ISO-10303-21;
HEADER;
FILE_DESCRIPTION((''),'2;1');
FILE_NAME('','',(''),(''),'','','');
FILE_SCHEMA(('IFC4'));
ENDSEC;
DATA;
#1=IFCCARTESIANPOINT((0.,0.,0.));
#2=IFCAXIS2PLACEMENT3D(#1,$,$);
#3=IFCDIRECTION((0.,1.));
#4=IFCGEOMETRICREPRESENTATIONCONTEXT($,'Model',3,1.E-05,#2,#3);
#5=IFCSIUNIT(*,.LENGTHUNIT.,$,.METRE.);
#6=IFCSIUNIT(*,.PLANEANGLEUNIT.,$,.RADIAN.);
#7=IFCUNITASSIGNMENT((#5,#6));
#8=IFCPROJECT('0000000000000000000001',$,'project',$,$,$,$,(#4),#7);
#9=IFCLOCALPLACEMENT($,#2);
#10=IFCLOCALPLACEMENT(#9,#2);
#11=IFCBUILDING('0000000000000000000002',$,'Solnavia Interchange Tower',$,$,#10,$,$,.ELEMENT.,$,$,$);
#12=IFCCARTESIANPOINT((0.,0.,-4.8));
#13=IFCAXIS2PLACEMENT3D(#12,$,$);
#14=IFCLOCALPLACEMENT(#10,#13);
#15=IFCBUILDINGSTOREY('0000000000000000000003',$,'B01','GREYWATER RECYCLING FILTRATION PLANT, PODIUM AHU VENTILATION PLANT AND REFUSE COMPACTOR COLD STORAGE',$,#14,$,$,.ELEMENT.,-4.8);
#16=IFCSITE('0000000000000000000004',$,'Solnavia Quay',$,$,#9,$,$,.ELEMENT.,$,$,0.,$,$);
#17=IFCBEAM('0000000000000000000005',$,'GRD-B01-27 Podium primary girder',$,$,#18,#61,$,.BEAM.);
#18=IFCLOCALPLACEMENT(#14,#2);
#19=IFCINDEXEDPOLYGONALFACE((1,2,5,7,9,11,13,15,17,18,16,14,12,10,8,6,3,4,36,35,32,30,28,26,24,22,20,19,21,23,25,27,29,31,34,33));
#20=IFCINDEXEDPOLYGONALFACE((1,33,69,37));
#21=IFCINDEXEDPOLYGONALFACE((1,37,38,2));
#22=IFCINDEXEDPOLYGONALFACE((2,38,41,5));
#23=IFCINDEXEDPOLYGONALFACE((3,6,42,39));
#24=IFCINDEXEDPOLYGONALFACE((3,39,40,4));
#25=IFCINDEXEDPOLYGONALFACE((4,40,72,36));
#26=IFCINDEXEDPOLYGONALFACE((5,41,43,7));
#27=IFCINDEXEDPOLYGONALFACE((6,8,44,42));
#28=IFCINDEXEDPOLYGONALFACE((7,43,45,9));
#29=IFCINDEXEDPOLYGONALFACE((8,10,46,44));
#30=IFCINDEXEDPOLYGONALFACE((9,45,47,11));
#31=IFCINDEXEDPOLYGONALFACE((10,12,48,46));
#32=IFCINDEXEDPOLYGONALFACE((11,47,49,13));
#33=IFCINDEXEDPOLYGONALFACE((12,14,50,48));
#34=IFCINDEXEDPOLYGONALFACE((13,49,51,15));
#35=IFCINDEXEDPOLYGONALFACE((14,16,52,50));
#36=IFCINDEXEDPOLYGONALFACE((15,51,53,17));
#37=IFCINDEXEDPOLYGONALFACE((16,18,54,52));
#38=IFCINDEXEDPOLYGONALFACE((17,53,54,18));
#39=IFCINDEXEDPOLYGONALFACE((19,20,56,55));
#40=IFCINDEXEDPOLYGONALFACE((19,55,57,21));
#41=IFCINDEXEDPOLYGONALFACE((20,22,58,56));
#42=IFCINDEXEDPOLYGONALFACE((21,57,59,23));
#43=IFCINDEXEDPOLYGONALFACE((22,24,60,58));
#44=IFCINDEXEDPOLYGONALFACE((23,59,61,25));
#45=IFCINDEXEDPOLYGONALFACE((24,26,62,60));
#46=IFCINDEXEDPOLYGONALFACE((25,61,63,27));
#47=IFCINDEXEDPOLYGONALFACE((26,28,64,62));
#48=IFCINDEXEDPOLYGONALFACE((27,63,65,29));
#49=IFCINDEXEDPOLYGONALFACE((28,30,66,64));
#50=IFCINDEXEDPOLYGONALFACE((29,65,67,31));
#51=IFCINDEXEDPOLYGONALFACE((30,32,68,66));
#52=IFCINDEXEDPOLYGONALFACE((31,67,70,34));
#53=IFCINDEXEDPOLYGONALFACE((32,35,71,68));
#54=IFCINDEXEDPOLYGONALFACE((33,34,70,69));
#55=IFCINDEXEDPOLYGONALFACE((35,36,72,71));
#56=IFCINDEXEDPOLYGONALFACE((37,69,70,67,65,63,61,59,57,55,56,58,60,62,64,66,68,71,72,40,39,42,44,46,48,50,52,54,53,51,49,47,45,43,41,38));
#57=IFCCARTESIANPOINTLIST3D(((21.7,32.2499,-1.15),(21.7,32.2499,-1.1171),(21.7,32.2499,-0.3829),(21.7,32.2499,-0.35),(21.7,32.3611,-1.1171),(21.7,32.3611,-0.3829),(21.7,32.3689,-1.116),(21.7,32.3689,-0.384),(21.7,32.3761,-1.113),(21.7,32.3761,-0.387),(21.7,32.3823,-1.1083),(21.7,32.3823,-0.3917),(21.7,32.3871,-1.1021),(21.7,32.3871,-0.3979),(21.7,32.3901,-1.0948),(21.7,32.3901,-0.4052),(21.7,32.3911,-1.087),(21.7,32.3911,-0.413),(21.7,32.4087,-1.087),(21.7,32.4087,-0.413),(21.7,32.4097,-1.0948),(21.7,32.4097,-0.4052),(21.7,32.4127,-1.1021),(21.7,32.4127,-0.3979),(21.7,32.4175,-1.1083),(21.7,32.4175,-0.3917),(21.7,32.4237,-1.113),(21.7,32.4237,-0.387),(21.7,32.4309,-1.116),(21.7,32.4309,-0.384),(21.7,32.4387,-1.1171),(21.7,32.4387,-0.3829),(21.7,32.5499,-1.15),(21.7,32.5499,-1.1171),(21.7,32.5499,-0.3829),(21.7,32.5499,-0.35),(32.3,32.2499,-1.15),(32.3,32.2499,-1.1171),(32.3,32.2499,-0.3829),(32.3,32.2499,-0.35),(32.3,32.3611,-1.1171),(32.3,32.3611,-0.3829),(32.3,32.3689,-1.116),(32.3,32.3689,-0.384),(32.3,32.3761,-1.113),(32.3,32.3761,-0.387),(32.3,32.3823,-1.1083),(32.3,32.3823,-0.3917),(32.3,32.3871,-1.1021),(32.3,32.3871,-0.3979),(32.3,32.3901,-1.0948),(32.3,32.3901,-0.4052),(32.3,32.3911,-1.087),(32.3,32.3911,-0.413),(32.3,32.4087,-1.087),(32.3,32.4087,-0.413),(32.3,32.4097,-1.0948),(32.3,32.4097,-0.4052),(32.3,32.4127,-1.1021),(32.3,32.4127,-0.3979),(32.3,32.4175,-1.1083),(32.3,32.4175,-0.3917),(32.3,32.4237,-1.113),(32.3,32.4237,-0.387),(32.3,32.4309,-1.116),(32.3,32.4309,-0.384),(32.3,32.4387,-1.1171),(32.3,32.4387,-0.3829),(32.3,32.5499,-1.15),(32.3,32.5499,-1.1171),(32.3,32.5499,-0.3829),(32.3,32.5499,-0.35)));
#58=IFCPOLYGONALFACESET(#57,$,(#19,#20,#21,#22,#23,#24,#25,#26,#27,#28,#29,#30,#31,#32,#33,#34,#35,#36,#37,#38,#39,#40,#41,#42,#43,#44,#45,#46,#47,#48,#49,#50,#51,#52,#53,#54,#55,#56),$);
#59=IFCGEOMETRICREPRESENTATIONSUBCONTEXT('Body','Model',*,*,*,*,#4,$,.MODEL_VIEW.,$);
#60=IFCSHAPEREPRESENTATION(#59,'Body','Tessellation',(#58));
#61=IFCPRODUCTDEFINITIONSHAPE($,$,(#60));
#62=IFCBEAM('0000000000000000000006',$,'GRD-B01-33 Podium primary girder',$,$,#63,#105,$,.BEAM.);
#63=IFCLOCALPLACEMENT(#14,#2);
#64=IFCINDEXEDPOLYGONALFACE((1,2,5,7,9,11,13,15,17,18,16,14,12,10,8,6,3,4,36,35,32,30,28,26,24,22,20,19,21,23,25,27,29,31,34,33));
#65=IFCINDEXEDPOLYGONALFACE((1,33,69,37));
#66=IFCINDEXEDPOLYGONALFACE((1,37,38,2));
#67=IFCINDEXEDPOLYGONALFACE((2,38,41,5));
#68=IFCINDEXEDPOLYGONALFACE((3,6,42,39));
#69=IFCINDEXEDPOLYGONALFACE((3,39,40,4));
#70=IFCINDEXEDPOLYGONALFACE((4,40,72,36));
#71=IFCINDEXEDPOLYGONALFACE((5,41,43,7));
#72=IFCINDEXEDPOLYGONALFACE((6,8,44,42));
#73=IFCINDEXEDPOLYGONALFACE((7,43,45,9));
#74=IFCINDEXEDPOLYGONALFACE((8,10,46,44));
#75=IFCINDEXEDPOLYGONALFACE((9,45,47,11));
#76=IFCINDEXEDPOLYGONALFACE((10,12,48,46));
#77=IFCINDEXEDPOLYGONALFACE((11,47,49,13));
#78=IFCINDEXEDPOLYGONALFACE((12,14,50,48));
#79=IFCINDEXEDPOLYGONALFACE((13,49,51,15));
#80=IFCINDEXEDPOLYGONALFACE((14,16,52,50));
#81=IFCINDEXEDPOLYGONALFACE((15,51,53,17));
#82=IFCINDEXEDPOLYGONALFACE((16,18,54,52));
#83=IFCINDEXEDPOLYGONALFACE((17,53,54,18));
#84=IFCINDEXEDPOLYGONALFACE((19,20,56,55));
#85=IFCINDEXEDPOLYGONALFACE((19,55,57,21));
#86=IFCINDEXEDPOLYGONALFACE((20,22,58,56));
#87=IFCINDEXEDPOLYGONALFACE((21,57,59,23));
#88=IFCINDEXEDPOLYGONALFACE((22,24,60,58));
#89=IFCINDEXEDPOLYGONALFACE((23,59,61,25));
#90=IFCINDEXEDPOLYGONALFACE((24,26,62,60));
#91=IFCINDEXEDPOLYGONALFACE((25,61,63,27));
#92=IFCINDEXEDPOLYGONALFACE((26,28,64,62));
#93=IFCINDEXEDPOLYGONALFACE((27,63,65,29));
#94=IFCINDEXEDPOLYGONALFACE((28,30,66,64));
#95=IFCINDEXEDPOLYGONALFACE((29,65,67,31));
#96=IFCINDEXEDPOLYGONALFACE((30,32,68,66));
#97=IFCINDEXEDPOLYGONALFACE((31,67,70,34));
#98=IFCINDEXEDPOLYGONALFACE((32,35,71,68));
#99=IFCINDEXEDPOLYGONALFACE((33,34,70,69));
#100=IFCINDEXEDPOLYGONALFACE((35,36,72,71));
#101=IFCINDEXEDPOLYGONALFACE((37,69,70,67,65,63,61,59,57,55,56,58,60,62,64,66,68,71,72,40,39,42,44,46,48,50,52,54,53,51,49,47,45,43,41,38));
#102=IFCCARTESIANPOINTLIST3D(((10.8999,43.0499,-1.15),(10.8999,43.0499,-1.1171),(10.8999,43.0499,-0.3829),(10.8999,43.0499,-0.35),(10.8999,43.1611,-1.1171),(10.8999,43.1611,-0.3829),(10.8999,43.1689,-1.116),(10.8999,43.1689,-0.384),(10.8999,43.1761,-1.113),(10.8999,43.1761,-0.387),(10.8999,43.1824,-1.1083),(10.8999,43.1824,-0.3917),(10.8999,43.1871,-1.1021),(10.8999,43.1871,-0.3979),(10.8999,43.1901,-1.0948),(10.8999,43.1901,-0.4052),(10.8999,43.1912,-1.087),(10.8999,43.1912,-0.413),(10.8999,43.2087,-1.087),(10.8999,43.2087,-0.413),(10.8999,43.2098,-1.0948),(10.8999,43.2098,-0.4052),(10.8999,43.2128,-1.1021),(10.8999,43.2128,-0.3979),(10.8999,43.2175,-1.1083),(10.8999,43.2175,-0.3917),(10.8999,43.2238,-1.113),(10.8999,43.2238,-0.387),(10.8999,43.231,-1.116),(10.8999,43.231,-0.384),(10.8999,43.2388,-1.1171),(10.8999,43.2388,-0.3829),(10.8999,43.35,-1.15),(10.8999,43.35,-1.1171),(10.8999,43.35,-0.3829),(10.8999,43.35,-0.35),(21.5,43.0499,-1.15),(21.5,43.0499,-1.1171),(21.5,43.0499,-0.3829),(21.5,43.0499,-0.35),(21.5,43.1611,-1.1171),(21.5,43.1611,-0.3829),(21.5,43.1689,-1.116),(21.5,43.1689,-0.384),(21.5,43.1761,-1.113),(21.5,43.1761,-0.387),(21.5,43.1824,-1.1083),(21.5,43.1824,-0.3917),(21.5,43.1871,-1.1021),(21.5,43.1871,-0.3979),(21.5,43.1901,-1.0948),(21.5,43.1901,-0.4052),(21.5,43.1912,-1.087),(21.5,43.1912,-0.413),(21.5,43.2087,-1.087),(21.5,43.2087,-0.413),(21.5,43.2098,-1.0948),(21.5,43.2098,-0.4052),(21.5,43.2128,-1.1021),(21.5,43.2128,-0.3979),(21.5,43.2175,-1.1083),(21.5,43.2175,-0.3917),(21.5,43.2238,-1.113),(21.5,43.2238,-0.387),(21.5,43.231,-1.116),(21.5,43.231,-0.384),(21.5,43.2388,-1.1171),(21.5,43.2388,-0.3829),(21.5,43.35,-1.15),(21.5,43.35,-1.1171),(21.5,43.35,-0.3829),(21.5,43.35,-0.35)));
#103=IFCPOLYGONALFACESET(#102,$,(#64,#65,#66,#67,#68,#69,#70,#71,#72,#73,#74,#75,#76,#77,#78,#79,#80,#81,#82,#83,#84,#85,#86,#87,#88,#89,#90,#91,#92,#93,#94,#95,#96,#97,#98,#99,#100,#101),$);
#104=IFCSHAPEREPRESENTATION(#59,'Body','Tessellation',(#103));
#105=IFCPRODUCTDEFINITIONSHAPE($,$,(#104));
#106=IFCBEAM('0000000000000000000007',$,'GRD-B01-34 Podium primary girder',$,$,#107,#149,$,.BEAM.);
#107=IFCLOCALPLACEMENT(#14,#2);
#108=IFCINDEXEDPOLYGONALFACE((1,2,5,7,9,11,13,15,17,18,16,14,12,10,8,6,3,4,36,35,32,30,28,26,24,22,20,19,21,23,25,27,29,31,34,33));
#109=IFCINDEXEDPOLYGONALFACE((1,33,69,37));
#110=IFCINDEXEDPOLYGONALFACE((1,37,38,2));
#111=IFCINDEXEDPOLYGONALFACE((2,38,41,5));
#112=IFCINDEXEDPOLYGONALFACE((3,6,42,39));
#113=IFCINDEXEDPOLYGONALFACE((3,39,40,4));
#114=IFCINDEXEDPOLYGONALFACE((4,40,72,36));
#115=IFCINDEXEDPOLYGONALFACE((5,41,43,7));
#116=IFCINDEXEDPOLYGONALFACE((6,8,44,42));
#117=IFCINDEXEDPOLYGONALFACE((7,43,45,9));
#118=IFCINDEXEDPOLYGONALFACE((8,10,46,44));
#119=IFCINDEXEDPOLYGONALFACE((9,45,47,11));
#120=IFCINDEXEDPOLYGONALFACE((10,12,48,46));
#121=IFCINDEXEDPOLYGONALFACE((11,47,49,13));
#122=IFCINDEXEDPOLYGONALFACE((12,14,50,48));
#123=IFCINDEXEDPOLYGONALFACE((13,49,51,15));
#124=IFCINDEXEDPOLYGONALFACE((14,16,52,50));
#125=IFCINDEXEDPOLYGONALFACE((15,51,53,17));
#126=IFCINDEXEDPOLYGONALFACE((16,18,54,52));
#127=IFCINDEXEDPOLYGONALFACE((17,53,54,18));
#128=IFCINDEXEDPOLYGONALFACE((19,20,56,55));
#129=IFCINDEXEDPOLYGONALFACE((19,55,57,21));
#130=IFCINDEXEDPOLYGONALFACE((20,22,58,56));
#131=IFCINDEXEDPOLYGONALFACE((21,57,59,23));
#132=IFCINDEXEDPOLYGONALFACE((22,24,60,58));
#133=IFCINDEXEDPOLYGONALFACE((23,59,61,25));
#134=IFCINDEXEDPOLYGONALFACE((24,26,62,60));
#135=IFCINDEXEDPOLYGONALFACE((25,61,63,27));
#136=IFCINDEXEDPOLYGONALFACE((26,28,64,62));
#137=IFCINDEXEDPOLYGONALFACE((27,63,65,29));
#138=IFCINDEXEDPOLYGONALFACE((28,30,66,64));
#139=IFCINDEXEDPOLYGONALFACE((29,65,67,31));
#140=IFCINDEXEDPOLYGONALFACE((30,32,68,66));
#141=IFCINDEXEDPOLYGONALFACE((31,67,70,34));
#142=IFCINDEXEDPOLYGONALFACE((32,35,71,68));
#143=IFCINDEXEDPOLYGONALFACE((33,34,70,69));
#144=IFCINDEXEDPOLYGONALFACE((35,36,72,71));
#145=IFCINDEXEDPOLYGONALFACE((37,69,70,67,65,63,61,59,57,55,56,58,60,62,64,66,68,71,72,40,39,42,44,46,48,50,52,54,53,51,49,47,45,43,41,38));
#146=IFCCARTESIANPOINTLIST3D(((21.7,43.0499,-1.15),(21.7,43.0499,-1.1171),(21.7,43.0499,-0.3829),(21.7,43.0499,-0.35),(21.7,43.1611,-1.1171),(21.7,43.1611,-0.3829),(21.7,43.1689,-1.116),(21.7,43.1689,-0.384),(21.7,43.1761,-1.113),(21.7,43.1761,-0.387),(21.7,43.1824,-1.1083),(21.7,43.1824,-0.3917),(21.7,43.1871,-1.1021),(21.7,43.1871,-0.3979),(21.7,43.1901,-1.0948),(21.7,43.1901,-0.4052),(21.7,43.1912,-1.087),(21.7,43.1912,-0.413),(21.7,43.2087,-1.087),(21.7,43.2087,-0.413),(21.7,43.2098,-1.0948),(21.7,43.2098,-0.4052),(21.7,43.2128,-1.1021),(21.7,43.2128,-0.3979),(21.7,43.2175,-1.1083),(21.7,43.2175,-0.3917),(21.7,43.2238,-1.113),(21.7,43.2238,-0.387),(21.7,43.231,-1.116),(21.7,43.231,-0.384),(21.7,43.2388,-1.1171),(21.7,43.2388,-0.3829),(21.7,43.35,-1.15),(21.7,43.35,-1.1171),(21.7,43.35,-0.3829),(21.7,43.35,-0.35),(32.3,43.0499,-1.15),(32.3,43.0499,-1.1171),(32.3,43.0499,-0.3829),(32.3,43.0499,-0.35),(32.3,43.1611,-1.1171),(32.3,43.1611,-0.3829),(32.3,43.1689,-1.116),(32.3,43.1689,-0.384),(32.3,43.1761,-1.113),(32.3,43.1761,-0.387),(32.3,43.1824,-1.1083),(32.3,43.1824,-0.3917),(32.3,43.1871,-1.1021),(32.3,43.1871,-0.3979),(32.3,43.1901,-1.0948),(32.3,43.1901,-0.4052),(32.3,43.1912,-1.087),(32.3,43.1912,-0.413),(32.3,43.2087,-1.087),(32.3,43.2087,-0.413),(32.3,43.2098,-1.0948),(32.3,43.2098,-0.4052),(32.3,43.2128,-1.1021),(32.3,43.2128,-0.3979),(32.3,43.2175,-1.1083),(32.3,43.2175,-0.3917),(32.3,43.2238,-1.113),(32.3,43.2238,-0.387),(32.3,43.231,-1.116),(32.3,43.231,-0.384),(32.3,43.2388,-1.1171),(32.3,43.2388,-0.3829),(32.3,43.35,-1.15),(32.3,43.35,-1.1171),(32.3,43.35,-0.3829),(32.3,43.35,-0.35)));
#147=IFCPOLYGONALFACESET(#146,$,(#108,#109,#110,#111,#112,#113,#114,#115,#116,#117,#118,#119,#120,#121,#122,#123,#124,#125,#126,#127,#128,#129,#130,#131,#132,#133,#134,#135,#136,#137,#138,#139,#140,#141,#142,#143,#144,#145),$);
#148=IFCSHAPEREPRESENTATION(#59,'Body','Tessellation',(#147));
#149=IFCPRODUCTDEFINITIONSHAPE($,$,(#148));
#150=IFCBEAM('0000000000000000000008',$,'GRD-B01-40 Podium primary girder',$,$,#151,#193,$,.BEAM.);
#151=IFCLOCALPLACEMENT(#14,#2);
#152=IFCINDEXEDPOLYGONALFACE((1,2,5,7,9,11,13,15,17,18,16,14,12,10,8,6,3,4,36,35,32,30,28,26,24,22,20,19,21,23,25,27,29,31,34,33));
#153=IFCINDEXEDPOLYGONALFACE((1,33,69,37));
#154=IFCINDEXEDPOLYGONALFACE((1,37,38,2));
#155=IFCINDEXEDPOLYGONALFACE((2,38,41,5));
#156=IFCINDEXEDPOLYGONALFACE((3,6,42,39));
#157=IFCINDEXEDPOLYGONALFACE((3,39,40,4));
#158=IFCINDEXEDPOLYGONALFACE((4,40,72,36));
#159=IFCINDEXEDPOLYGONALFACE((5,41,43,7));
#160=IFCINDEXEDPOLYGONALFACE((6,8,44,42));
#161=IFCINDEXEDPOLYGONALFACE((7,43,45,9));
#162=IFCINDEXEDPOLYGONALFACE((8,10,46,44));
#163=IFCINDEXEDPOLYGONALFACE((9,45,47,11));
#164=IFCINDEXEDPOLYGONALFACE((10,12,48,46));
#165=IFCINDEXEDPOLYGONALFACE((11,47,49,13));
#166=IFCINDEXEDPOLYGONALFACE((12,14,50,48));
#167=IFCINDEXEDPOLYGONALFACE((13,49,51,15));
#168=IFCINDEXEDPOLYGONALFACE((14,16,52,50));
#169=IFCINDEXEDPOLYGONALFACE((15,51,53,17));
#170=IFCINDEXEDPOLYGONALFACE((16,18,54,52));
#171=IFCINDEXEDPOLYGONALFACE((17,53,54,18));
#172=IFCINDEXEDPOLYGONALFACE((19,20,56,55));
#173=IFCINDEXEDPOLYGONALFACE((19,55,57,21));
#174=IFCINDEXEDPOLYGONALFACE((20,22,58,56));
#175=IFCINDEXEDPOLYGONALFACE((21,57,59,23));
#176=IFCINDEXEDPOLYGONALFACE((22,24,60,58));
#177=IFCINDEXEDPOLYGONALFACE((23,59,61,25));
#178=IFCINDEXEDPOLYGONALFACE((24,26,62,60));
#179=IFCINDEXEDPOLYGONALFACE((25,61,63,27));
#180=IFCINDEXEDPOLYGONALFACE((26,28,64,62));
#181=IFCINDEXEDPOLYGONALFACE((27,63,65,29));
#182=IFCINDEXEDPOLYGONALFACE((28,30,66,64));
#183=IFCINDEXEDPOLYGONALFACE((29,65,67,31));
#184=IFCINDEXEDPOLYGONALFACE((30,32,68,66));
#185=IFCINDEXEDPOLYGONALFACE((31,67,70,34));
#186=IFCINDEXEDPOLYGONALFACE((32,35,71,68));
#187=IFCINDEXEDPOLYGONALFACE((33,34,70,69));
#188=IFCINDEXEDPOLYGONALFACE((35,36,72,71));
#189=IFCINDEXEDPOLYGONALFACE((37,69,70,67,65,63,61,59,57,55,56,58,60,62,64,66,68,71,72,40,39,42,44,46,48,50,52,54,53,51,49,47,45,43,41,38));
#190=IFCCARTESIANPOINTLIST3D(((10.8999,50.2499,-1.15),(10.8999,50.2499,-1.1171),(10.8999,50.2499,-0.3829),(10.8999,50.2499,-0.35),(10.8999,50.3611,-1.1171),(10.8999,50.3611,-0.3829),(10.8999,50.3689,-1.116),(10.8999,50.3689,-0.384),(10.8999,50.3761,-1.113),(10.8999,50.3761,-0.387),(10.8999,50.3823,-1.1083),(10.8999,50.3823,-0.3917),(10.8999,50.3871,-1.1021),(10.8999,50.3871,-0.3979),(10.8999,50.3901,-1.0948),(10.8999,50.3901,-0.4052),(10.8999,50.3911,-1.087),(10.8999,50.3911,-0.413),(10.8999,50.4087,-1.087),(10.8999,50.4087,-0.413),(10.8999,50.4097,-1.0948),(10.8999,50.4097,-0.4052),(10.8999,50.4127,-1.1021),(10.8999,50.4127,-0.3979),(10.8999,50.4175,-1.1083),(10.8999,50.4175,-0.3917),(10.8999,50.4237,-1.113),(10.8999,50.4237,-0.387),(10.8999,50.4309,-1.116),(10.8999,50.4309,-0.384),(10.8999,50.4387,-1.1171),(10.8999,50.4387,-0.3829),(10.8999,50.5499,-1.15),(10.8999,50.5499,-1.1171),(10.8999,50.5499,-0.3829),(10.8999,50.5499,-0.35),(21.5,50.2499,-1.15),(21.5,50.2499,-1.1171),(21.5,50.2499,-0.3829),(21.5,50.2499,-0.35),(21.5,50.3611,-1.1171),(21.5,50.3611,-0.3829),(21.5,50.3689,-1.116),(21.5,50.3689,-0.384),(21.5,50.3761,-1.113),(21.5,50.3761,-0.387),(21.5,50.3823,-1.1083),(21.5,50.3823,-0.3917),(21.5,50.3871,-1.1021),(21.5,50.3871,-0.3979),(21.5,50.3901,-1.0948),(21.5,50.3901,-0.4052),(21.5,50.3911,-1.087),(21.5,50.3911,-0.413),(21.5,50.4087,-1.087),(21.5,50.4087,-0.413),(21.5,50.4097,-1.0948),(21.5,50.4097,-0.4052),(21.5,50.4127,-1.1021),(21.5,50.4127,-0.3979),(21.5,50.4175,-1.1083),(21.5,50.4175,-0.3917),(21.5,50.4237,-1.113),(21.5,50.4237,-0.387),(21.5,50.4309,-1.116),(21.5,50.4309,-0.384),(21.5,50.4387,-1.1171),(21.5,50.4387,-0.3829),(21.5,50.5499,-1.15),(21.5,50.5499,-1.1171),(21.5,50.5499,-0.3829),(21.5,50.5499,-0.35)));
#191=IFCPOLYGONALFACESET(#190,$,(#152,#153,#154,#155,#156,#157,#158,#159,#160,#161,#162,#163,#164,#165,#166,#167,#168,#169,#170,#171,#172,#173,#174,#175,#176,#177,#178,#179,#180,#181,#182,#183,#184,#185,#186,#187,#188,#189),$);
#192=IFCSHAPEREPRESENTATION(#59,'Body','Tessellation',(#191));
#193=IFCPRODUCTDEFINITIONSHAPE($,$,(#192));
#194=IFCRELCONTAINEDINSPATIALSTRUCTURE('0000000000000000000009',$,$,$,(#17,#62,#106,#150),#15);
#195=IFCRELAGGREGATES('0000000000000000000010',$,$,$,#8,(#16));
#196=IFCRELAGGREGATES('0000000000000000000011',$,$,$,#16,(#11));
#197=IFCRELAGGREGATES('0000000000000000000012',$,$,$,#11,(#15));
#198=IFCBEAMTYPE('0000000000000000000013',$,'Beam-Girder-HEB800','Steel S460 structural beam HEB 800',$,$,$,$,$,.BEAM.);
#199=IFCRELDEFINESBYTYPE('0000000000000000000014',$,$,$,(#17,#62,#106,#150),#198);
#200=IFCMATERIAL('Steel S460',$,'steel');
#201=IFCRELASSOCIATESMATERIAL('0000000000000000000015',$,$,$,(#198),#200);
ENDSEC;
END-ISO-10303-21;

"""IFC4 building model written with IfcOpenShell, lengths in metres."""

from ifc_helpers import new_model, si_unit, direction, frame, origin, origin_2d, place, context, subcontext, project, spatial, i_section, extrude, material, material_profile, profile_set, type_object, element, save


model = new_model("IFC4")

# Units and contexts
model_context = context("Model", 3, precision=1e-05, world=origin(), true_north=direction((0.0, 1.0)))
body_context = subcontext(model_context, "Body", "Model", "MODEL_VIEW")
ifc_project = project(units=[si_unit("LENGTHUNIT", "METRE"), si_unit("PLANEANGLEUNIT", "RADIAN")], contexts=[model_context])

# Site, building, storey
site_placement = place(None, origin())
site = spatial("IfcSite", under=ifc_project, at=site_placement, Name="Solnavia Quay", CompositionType="ELEMENT", RefElevation=0.0)
building_placement = place(site_placement, origin())
building = spatial("IfcBuilding", under=site, at=building_placement, Name="Solnavia Interchange Tower", CompositionType="ELEMENT")
storey_placement = place(building_placement, frame((0.0, 0.0, -4.8)))
storey = spatial("IfcBuildingStorey", under=building, at=storey_placement, Name="B01", Description="GREYWATER RECYCLING FILTRATION PLANT, PODIUM AHU VENTILATION PLANT AND REFUSE COMPACTOR COLD STORAGE", CompositionType="ELEMENT", Elevation=-4.8)

# Beams
ifc_material_1 = material(Name="Steel S460", Category="steel")
ifc_material_profile_1 = material_profile(ifc_material_1, i_section(OverallWidth=0.3, OverallDepth=0.8, WebThickness=0.0176, FlangeThickness=0.033, FilletRadius=0.03, at=origin_2d()), Name="HEB 800")
ifc_profile_set_1 = profile_set([ifc_material_profile_1], Name="Steel S460")
beam_type_1 = type_object("IfcBeamType", Name="Beam-Girder-HEB800", Description="Steel S460 structural beam HEB 800", PredefinedType="BEAM", material=ifc_profile_set_1)
for number, where, z_axis, x_axis, name in (
    (1, (21.7, 32.3999, -0.75), (1.0, 0.0, 0.0), (0.0, 1.0, 0.0), "GRD-B01-27 Podium primary girder"),
    (2, (10.8999, 43.2, -0.75), (1.0, 0.0, 0.0), (0.0, 1.0, 0.0), "GRD-B01-33 Podium primary girder"),
    (3, (21.7, 43.2, -0.75), (1.0, 0.0, 0.0), (0.0, 1.0, 0.0), "GRD-B01-34 Podium primary girder"),
    (4, (10.8999, 50.3999, -0.75), (1.0, 0.0, 0.0), (0.0, 1.0, 0.0), "GRD-B01-40 Podium primary girder"),
):
    element("IfcBeam", number, at=place(storey_placement, frame(where, z_axis=z_axis, x_axis=x_axis)), inside=storey, type_object=beam_type_1, Name=name, PredefinedType="BEAM", context=body_context, shape_type="SweptSolid", body=[
        extrude(i_section(OverallWidth=0.3, OverallDepth=0.8, WebThickness=0.0176, FlangeThickness=0.033, FilletRadius=0.03, at=origin_2d()), origin(), (0.0, 0.0, 1.0), 10.6001),
    ])

save(model, "model.ifc")
